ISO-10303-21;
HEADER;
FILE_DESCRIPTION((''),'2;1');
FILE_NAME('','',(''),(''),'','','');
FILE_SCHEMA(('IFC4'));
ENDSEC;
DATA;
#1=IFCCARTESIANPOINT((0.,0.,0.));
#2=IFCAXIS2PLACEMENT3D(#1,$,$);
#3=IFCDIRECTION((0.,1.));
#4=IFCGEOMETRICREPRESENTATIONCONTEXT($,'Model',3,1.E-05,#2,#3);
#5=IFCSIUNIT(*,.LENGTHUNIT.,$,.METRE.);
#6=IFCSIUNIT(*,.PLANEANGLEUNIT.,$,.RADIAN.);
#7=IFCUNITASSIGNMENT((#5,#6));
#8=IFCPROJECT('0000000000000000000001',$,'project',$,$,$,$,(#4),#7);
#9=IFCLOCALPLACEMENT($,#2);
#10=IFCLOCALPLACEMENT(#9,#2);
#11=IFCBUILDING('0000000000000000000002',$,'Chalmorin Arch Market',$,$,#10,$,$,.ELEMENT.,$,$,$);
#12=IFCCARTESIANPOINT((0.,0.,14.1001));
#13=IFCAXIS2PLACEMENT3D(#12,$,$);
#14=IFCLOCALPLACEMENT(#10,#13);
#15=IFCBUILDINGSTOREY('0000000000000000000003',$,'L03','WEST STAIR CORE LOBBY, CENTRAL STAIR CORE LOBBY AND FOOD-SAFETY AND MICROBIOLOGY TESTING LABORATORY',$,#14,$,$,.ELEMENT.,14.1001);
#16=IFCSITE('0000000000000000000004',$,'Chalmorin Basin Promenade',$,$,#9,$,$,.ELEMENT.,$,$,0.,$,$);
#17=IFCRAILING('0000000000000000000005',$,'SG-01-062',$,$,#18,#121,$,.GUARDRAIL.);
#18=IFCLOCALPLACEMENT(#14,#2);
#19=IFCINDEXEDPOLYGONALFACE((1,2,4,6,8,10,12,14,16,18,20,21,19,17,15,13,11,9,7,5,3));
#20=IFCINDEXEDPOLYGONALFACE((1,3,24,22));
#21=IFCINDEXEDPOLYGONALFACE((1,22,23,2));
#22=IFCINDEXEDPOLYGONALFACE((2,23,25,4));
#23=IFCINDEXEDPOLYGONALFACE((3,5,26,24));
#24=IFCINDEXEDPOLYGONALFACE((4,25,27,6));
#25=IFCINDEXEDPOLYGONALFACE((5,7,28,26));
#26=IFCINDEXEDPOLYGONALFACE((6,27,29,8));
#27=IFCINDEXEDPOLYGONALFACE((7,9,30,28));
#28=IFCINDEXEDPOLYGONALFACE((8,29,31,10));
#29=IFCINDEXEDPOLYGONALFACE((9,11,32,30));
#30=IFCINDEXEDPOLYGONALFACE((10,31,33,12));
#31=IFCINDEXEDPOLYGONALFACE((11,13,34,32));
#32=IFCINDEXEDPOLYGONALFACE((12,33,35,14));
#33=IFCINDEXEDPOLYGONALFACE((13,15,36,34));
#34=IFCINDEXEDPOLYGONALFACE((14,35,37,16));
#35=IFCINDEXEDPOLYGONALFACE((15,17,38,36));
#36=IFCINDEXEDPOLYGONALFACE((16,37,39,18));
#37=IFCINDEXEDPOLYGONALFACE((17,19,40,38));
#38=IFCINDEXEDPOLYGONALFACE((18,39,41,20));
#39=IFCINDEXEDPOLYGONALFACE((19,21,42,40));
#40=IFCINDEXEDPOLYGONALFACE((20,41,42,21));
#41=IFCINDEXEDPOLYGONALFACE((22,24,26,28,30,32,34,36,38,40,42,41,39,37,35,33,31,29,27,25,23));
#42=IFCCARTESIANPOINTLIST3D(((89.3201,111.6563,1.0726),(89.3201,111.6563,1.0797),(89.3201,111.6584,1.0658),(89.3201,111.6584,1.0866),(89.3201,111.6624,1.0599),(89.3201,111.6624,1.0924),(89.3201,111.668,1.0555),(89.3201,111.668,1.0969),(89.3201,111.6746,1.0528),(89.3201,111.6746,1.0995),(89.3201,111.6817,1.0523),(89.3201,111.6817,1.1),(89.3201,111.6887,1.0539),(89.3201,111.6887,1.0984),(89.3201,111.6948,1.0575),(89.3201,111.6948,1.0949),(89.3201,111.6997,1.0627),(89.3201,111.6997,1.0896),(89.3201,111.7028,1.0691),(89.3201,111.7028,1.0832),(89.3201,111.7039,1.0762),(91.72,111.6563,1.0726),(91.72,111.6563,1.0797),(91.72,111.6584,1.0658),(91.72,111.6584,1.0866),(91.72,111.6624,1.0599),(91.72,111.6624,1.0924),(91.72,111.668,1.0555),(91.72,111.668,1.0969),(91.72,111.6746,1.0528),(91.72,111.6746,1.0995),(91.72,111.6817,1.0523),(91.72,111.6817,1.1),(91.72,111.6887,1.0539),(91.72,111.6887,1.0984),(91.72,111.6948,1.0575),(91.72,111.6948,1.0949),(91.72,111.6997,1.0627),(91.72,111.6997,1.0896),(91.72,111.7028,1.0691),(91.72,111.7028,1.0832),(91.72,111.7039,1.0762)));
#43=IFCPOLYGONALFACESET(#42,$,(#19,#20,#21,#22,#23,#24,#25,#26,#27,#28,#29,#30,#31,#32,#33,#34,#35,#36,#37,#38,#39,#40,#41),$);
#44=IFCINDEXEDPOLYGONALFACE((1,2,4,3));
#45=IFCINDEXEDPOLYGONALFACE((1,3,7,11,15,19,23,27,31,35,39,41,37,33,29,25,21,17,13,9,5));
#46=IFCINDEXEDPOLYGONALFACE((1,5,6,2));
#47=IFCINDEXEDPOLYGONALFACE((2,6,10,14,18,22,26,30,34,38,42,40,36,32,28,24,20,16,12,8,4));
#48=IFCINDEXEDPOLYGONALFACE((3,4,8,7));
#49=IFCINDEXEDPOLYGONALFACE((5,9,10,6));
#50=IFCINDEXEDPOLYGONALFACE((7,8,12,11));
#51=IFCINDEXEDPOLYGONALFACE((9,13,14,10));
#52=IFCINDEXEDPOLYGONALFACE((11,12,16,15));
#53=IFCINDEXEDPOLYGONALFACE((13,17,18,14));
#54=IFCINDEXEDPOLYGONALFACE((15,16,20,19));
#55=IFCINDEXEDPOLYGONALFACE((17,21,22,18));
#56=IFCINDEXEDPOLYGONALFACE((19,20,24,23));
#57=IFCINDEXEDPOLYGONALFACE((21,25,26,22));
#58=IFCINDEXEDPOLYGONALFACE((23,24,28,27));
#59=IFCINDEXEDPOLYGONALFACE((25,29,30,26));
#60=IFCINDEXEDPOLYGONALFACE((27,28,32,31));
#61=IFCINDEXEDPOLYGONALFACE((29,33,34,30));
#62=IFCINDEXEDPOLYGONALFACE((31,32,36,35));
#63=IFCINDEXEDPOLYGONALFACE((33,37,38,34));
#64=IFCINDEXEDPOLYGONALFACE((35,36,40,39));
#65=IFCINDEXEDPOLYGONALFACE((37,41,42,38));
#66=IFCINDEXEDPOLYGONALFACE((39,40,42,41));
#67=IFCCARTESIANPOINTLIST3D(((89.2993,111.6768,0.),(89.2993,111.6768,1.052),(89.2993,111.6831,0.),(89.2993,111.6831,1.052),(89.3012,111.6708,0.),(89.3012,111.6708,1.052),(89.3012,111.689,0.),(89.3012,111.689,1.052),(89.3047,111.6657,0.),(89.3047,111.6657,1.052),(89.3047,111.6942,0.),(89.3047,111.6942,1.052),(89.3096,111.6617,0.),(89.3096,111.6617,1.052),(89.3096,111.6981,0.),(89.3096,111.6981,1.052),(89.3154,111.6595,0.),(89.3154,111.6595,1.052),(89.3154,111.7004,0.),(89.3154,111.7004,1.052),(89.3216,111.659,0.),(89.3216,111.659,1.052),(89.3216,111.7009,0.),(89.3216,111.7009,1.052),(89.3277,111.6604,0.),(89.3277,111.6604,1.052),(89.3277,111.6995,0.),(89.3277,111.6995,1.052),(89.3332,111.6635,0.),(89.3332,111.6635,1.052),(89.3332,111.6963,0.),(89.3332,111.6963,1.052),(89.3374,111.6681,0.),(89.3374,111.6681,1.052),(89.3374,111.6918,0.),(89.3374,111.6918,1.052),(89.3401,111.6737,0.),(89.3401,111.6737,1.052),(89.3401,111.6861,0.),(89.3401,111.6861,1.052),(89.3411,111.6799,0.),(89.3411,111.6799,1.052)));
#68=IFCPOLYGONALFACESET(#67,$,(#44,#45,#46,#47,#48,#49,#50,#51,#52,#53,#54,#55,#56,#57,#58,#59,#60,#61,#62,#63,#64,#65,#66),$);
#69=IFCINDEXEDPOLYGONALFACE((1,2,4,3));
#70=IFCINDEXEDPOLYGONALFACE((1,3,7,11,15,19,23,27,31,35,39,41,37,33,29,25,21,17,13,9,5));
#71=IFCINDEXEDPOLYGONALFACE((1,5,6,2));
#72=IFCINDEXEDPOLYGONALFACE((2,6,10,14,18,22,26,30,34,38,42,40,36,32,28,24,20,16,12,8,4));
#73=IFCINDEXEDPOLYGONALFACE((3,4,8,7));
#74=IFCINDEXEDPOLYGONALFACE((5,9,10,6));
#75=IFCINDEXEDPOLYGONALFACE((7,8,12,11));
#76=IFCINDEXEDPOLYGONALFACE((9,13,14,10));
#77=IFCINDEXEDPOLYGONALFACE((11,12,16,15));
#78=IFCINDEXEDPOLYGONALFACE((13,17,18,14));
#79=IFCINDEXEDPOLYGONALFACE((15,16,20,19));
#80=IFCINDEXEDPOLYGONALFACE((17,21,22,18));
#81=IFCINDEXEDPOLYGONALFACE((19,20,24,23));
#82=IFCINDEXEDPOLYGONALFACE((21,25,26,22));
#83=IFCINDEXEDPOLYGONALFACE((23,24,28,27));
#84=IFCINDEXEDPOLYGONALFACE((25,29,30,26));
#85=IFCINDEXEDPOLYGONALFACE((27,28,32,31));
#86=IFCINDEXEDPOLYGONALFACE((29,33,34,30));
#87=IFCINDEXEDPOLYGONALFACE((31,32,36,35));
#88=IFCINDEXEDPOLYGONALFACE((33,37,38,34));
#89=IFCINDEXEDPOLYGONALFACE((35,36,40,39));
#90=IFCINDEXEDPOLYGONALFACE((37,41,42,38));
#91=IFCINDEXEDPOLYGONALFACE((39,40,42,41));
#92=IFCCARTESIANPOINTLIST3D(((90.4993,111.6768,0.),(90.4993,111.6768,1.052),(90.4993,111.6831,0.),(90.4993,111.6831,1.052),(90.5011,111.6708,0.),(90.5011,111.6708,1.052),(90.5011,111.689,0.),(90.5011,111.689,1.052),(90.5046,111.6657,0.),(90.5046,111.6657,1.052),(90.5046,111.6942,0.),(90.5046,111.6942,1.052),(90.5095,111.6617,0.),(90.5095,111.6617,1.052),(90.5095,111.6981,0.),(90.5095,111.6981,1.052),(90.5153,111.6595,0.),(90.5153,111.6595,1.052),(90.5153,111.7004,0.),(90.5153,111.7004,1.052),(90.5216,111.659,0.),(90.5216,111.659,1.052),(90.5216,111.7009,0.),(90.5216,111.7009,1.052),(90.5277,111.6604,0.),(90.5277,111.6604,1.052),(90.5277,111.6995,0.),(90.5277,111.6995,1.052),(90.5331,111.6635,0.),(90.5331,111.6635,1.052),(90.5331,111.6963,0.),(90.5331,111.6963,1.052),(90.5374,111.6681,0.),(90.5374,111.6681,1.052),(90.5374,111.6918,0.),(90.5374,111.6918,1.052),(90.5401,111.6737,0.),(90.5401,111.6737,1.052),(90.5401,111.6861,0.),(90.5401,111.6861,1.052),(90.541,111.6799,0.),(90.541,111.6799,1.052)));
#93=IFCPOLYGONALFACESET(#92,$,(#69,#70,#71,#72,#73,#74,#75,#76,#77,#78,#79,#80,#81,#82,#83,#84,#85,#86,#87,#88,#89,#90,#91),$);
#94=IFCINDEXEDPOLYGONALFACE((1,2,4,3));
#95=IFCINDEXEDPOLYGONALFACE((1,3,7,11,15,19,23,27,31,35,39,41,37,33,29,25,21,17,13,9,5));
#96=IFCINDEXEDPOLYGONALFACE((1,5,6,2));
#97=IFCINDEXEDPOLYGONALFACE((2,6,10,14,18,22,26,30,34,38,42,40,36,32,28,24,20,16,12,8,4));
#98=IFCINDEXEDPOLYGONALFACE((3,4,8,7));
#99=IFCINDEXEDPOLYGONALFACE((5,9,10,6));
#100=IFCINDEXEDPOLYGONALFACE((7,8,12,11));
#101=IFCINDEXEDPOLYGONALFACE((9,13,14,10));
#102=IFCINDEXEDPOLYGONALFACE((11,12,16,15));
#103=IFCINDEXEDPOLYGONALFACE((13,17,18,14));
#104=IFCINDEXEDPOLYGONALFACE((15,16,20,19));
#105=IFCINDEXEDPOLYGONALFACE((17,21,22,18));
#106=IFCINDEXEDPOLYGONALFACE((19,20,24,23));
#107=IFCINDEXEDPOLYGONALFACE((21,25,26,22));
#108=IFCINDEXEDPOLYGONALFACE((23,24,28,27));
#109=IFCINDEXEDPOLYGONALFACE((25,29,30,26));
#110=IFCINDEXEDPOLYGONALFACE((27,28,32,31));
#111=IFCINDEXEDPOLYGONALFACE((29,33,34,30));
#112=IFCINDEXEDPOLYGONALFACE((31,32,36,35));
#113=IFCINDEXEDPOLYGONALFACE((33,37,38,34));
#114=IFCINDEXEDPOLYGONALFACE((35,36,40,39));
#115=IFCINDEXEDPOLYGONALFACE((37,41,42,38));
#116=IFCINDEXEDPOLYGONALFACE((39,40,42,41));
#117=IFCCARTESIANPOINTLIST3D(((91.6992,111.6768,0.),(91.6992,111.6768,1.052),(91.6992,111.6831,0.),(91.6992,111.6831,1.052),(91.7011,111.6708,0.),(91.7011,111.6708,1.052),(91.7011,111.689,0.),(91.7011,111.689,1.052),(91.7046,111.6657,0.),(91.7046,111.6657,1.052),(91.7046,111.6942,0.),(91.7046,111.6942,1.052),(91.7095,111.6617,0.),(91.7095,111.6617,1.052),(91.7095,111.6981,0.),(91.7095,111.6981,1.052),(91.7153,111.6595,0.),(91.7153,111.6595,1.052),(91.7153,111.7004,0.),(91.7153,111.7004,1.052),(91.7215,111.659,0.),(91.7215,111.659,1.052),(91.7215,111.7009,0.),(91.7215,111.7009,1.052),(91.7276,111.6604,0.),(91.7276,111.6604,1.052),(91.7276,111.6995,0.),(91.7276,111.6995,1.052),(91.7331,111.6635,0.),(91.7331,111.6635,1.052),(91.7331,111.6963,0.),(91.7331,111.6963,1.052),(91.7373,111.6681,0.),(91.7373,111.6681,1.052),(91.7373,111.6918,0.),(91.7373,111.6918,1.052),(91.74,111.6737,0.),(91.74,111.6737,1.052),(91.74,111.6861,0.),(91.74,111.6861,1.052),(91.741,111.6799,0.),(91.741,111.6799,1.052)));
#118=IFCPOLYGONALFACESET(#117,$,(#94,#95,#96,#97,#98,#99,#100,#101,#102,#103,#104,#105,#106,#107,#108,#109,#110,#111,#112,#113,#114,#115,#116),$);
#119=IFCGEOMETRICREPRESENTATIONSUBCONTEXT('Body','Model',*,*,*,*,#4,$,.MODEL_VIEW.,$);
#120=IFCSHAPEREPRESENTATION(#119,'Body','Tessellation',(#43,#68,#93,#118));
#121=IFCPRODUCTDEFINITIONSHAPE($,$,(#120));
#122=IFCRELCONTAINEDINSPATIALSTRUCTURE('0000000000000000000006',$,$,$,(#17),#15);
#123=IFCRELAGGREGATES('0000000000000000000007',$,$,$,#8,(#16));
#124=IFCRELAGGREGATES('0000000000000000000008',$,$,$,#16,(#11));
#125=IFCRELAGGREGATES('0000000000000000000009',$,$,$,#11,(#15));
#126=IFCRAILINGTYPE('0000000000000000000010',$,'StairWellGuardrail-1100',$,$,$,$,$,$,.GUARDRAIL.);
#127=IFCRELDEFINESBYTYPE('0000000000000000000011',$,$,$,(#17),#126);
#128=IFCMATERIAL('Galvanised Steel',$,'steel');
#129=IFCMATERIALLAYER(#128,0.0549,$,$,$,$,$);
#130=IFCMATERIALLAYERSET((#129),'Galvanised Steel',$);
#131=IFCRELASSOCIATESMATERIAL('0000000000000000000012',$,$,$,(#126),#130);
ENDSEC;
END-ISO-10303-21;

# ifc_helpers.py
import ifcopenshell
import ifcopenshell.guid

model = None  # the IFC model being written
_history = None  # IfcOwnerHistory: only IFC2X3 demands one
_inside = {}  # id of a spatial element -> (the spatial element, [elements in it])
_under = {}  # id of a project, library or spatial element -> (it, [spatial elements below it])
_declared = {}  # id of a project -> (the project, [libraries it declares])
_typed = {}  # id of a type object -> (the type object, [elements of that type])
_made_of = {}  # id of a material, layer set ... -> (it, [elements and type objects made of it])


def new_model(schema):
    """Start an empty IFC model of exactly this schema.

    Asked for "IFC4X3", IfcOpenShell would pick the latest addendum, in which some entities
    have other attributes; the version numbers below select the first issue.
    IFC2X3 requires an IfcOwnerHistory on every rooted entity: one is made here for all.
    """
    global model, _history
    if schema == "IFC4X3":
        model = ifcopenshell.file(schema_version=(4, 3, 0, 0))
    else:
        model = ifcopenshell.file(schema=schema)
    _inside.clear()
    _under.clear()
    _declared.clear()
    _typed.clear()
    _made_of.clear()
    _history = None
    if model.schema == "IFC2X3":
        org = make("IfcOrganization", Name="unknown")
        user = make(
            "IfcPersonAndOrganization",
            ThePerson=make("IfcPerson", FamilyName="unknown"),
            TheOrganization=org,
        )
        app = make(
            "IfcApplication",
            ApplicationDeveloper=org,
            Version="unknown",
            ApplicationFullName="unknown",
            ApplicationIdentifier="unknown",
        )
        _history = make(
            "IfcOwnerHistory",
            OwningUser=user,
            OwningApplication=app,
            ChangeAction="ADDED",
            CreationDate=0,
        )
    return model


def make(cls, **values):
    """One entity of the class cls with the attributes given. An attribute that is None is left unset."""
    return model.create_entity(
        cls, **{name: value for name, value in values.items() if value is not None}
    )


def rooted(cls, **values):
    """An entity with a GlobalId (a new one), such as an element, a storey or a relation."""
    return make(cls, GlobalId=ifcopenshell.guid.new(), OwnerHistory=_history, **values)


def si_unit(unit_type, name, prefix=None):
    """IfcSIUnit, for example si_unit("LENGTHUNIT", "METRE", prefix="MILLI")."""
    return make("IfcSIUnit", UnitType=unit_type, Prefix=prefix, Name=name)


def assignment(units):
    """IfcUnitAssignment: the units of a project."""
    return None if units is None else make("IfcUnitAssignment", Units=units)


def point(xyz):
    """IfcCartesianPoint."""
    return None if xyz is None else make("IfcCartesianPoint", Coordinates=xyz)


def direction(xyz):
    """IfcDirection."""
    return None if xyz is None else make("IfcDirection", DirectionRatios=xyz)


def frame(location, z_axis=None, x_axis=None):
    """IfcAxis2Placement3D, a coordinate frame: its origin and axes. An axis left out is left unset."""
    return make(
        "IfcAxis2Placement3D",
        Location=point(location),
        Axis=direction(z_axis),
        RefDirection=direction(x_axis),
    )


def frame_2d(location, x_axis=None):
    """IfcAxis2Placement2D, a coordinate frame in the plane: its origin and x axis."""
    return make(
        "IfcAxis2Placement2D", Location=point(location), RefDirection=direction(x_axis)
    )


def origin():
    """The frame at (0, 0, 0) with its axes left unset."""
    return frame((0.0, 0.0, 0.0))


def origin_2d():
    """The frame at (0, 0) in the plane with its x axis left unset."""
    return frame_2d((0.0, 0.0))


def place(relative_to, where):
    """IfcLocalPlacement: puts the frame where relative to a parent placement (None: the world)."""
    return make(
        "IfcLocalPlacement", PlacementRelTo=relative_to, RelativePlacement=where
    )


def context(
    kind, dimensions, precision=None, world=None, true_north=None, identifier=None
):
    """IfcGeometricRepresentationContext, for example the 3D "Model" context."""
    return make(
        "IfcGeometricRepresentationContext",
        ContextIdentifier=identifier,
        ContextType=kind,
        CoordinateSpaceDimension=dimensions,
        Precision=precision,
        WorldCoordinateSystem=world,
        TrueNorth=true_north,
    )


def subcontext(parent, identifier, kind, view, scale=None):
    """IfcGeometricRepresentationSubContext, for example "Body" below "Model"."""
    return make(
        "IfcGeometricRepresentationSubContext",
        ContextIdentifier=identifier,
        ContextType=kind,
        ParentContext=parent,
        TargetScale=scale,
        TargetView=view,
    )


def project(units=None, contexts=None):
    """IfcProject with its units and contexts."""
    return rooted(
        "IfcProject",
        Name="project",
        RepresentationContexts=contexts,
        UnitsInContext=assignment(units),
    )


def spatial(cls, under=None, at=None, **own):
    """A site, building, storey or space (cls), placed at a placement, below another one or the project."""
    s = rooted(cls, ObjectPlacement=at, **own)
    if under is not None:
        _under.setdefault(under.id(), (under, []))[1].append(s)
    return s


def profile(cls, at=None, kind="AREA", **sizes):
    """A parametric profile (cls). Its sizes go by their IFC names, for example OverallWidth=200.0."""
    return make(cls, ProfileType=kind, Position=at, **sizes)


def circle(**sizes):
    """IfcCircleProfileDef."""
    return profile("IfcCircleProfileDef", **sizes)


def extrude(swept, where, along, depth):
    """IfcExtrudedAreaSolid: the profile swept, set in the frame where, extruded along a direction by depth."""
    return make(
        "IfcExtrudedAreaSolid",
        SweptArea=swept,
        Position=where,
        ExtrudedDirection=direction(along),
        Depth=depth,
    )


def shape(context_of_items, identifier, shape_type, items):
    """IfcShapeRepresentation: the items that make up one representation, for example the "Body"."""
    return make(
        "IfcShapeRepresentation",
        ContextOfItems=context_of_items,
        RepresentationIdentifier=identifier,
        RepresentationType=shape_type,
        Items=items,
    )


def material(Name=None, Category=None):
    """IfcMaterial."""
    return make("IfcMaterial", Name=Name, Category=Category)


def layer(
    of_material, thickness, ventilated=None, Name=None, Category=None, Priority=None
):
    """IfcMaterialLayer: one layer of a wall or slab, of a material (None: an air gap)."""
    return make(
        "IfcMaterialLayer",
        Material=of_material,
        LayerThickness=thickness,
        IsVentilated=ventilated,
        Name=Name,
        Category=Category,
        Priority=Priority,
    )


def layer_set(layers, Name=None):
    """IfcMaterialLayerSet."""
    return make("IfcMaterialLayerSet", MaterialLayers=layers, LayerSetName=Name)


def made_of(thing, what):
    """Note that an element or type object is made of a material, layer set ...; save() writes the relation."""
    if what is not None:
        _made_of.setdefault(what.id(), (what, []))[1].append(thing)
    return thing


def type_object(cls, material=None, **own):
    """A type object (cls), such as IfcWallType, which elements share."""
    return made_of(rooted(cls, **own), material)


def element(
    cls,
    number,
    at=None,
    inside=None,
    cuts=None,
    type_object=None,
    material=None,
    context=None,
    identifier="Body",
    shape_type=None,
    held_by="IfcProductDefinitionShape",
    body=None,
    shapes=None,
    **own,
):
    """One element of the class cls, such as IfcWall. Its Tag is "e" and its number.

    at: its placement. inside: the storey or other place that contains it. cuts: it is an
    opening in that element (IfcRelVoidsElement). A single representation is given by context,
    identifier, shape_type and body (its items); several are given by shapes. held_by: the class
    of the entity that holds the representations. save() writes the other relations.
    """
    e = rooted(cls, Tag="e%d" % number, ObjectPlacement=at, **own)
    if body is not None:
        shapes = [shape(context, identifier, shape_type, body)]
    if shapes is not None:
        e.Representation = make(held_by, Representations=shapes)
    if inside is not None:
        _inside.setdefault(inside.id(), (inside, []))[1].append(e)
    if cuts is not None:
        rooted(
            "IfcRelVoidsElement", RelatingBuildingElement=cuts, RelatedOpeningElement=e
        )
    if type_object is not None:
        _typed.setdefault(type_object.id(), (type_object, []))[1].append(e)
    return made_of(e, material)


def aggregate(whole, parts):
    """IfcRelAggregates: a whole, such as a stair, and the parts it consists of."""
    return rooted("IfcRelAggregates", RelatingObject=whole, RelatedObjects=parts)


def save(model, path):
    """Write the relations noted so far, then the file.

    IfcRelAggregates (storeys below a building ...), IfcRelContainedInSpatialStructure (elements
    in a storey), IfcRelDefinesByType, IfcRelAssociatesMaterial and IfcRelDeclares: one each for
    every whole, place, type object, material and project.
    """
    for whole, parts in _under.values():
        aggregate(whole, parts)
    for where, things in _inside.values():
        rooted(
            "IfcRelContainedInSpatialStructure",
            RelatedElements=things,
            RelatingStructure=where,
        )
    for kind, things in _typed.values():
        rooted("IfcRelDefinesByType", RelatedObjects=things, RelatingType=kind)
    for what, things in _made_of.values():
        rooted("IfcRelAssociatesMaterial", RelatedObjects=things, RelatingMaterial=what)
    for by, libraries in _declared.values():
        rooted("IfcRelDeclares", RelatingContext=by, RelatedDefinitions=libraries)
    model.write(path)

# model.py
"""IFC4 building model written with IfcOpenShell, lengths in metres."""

from ifc_helpers import new_model, si_unit, direction, frame, origin, origin_2d, place, context, subcontext, project, spatial, circle, extrude, material, layer, layer_set, type_object, element, save


model = new_model("IFC4")

# Units and contexts
model_context = context("Model", 3, precision=1e-05, world=origin(), true_north=direction((0.0, 1.0)))
body_context = subcontext(model_context, "Body", "Model", "MODEL_VIEW")
ifc_project = project(units=[si_unit("LENGTHUNIT", "METRE"), si_unit("PLANEANGLEUNIT", "RADIAN")], contexts=[model_context])

# Site, building, storey
site_placement = place(None, origin())
site = spatial("IfcSite", under=ifc_project, at=site_placement, Name="Chalmorin Basin Promenade", CompositionType="ELEMENT", RefElevation=0.0)
building_placement = place(site_placement, origin())
building = spatial("IfcBuilding", under=site, at=building_placement, Name="Chalmorin Arch Market", CompositionType="ELEMENT")
storey_placement = place(building_placement, frame((0.0, 0.0, 14.1001)))
storey = spatial("IfcBuildingStorey", under=building, at=storey_placement, Name="L03", Description="WEST STAIR CORE LOBBY, CENTRAL STAIR CORE LOBBY AND FOOD-SAFETY AND MICROBIOLOGY TESTING LABORATORY", CompositionType="ELEMENT", Elevation=14.1001)

# Railing
ifc_material_1 = material(Name="Galvanised Steel", Category="steel")
ifc_layer_1 = layer(ifc_material_1, 0.0549)
ifc_layer_set_1 = layer_set([ifc_layer_1], Name="Galvanised Steel")
railing_type = type_object("IfcRailingType", Name="StairWellGuardrail-1100", PredefinedType="GUARDRAIL", material=ifc_layer_set_1)
railing_placement = place(storey_placement, frame((89.3201, 111.6799, 0.0)))
element("IfcRailing", 1, at=railing_placement, inside=storey, type_object=railing_type, Name="SG-01-062", PredefinedType="GUARDRAIL", context=body_context, shape_type="SweptSolid", body=[
    extrude(circle(Radius=0.0239, at=origin_2d()), frame((0.0, 0.0, 1.0762), z_axis=(1.0, 0.0, 0.0), x_axis=(0.0, 1.0, 0.0)), (0.0, 0.0, 1.0), 2.3999),
    extrude(circle(Radius=0.021, at=origin_2d()), origin(), (0.0, 0.0, 1.0), 1.052),
    extrude(circle(Radius=0.021, at=origin_2d()), frame((1.2, 0.0, 0.0)), (0.0, 0.0, 1.0), 1.052),
    extrude(circle(Radius=0.021, at=origin_2d()), frame((2.3999, 0.0, 0.0)), (0.0, 0.0, 1.0), 1.052),
])

save(model, "model.ifc")
